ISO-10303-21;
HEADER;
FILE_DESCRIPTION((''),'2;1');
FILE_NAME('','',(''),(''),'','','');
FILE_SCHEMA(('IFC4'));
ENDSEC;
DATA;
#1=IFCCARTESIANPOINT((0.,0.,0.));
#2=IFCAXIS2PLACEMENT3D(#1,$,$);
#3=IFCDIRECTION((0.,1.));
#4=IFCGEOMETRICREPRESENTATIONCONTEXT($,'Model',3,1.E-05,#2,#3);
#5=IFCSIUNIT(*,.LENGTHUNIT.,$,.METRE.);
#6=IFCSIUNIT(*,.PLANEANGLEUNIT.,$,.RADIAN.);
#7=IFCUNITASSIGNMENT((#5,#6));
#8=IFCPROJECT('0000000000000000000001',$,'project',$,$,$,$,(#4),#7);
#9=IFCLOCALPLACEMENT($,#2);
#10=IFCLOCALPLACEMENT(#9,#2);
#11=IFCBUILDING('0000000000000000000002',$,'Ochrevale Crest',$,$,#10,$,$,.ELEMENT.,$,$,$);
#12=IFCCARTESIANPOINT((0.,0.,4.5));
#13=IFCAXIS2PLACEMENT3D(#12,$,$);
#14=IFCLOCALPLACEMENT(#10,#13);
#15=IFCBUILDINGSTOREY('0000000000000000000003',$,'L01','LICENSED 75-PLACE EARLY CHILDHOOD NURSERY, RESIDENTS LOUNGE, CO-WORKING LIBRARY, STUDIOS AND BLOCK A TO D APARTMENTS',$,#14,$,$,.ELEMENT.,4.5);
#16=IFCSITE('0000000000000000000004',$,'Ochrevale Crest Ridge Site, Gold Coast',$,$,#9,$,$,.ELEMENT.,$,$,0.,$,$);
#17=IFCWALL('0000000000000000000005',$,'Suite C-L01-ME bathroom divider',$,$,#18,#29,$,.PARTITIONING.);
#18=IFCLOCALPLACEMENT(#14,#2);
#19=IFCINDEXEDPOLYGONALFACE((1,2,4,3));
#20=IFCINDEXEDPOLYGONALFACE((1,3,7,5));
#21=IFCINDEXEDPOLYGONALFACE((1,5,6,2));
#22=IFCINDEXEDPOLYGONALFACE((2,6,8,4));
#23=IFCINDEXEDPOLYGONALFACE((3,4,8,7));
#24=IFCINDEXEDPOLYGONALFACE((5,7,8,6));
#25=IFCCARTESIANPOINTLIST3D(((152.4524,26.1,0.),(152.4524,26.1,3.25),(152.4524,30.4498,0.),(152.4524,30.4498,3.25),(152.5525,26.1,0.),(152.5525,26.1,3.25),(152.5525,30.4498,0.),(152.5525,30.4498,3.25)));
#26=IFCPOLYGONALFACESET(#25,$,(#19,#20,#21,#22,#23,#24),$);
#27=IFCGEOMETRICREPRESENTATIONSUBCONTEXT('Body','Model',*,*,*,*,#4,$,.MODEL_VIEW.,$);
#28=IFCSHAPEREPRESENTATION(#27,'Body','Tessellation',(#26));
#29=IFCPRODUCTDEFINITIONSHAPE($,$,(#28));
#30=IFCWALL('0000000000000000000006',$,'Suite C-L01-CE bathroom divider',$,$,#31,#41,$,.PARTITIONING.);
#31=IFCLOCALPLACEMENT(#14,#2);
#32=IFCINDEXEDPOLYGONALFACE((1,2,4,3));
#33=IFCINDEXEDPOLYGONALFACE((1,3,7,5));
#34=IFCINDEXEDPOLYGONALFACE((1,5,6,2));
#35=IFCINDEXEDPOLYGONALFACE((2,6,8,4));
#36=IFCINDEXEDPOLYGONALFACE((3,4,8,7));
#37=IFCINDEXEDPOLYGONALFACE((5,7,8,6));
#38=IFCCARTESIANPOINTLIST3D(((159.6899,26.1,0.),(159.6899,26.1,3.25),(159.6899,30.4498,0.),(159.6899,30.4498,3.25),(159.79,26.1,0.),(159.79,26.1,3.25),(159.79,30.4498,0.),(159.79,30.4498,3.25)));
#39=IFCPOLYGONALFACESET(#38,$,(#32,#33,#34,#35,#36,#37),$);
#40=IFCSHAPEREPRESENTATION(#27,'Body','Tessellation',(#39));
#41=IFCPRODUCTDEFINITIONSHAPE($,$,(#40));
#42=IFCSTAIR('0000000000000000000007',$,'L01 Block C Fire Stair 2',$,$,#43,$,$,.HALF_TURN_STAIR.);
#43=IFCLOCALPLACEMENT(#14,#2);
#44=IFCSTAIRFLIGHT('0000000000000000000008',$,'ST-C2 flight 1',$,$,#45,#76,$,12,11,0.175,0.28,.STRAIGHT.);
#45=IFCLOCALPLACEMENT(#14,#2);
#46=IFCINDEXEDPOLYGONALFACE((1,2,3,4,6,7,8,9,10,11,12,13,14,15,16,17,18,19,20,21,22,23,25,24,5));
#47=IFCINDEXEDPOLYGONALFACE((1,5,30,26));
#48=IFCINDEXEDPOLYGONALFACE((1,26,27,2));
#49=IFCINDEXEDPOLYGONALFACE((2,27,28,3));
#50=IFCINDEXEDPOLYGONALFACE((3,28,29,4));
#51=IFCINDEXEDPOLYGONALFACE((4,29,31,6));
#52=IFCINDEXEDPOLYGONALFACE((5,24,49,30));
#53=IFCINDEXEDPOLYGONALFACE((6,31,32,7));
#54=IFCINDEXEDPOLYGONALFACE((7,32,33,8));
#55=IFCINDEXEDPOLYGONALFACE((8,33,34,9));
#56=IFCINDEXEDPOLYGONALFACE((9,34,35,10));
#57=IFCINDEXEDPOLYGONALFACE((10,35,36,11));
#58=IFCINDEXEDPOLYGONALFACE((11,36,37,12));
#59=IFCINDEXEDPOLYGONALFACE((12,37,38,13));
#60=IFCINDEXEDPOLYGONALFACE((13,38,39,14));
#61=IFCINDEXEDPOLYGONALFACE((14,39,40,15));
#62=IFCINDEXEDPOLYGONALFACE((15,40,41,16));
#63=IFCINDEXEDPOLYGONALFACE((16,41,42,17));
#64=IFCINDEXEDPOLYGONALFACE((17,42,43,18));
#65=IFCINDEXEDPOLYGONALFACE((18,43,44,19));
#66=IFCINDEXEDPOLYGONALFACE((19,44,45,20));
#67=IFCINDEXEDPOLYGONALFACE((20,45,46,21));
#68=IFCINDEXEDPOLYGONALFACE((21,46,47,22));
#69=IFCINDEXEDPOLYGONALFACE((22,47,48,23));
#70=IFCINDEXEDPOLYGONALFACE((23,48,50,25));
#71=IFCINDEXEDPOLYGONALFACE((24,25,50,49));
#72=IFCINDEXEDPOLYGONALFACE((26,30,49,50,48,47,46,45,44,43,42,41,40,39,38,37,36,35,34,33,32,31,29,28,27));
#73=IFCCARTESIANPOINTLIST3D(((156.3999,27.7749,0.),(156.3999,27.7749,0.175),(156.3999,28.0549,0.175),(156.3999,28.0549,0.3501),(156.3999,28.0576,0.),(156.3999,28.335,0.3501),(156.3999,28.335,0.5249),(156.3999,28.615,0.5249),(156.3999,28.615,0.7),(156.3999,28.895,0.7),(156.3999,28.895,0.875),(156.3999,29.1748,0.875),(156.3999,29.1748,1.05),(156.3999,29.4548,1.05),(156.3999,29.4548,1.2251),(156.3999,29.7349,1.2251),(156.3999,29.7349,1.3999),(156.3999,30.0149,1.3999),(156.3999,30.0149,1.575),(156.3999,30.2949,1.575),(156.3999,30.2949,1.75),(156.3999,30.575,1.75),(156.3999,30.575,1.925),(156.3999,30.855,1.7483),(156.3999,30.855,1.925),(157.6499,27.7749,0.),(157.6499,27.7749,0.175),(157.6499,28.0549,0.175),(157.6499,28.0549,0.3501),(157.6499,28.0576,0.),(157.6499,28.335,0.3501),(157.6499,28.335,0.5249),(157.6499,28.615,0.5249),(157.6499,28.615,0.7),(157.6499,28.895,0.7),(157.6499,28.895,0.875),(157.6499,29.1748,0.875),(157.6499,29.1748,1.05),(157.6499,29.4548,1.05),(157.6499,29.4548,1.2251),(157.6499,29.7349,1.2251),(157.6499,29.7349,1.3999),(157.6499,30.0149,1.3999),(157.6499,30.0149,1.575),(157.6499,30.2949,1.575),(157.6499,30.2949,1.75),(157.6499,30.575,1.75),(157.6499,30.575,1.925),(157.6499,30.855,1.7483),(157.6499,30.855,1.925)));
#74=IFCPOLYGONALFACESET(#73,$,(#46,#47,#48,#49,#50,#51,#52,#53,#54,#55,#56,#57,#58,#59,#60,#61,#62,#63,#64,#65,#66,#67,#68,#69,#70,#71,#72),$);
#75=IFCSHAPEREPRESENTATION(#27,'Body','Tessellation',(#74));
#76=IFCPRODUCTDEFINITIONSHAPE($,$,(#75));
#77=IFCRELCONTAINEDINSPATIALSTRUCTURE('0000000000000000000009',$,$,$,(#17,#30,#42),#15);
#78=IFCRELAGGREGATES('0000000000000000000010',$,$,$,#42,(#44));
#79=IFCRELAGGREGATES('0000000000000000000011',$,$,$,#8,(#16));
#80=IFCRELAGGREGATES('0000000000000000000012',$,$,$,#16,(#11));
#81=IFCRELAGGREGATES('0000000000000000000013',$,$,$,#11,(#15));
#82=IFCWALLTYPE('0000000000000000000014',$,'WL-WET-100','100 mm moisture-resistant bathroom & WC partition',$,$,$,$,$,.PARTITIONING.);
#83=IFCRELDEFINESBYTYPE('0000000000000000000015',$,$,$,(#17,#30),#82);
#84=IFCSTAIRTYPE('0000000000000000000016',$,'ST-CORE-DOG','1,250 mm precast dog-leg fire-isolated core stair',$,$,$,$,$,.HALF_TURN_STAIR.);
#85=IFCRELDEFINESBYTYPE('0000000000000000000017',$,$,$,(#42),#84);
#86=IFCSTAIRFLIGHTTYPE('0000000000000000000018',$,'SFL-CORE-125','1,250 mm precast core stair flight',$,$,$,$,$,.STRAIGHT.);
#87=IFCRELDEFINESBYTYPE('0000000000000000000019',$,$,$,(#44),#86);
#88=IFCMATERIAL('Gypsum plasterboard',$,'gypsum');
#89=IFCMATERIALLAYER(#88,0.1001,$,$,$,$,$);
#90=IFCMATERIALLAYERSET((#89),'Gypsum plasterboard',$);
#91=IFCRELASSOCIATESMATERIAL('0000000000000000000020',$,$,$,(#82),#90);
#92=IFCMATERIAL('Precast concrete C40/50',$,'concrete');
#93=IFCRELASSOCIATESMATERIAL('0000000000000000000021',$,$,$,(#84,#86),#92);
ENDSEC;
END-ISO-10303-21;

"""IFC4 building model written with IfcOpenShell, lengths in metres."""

from ifc_helpers import new_model, si_unit, direction, frame, frame_2d, origin, place, context, subcontext, project, spatial, polyline, rectangle, outline, extrude, material, layer, layer_set, type_object, element, aggregate, save


model = new_model("IFC4")

# Units and contexts
model_context = context("Model", 3, precision=1e-05, world=origin(), true_north=direction((0.0, 1.0)))
body_context = subcontext(model_context, "Body", "Model", "MODEL_VIEW")
ifc_project = project(units=[si_unit("LENGTHUNIT", "METRE"), si_unit("PLANEANGLEUNIT", "RADIAN")], contexts=[model_context])

# Site, building, storey
site_placement = place(None, origin())
site = spatial("IfcSite", under=ifc_project, at=site_placement, Name="Ochrevale Crest Ridge Site, Gold Coast", CompositionType="ELEMENT", RefElevation=0.0)
building_placement = place(site_placement, origin())
building = spatial("IfcBuilding", under=site, at=building_placement, Name="Ochrevale Crest", CompositionType="ELEMENT")
storey_placement = place(building_placement, frame((0.0, 0.0, 4.5)))
storey = spatial("IfcBuildingStorey", under=building, at=storey_placement, Name="L01", Description="LICENSED 75-PLACE EARLY CHILDHOOD NURSERY, RESIDENTS LOUNGE, CO-WORKING LIBRARY, STUDIOS AND BLOCK A TO D APARTMENTS", CompositionType="ELEMENT", Elevation=4.5)

# Shared definitions
ifc_material_1 = material(Name="Gypsum plasterboard", Category="gypsum")

# Walls
ifc_layer_1 = layer(ifc_material_1, 0.1001)
ifc_layer_set_1 = layer_set([ifc_layer_1], Name="Gypsum plasterboard")
wall_type_1 = type_object("IfcWallType", Name="WL-WET-100", Description="100 mm moisture-resistant bathroom & WC partition", PredefinedType="PARTITIONING", material=ifc_layer_set_1)
for number, where, z_axis, x_axis, name in (
    (1, (152.5024, 26.1001, 0.0), (0.0, 0.0, 1.0), (0.0, 1.0, 0.0), "Suite C-L01-ME bathroom divider"),
    (2, (159.74, 26.1001, 0.0), (0.0, 0.0, 1.0), (0.0, 1.0, 0.0), "Suite C-L01-CE bathroom divider"),
):
    element("IfcWall", number, at=place(storey_placement, frame(where, z_axis=z_axis, x_axis=x_axis)), inside=storey, type_object=wall_type_1, Name=name, PredefinedType="PARTITIONING", context=body_context, shape_type="SweptSolid", body=[
        extrude(rectangle(XDim=4.3499, YDim=0.1001, at=frame_2d((2.1748, 0.0))), origin(), (0.0, 0.0, 1.0), 3.25),
    ])

# Stair, stair flight
ifc_material_2 = material(Name="Precast concrete C40/50", Category="concrete")
stair_type = type_object("IfcStairType", Name="ST-CORE-DOG", Description="1,250 mm precast dog-leg fire-isolated core stair", PredefinedType="HALF_TURN_STAIR", material=ifc_material_2)
stair_placement = place(storey_placement, origin())
stair = element("IfcStair", 3, at=stair_placement, inside=storey, type_object=stair_type, Name="L01 Block C Fire Stair 2", PredefinedType="HALF_TURN_STAIR")
stair_flight_type = type_object("IfcStairFlightType", Name="SFL-CORE-125", Description="1,250 mm precast core stair flight", PredefinedType="STRAIGHT", material=ifc_material_2)
stair_flight_placement = place(storey_placement, frame((157.0249, 27.7749, 0.0), z_axis=(0.0, 0.0, 1.0), x_axis=(0.0, 1.0, 0.0)))
stair_flight = element("IfcStairFlight", 4, at=stair_flight_placement, type_object=stair_flight_type, Name="ST-C2 flight 1", NumberOfRisers=12, NumberOfTreads=11, PredefinedType="STRAIGHT", RiserHeight=0.175, TreadLength=0.28, context=body_context, shape_type="SweptSolid", body=[
    extrude(outline(polyline([(0.0, 0.0), (0.0, 0.175), (0.28, 0.175), (0.28, 0.3501), (0.5601, 0.3501), (0.5601, 0.5249), (0.8401, 0.5249), (0.8401, 0.7), (1.1201, 0.7), (1.1201, 0.875), (1.3999, 0.875), (1.3999, 1.05), (1.6799, 1.05), (1.6799, 1.2251), (1.96, 1.2251), (1.96, 1.3999), (2.24, 1.3999), (2.24, 1.575), (2.52, 1.575), (2.52, 1.75), (2.8, 1.75), (2.8, 1.925), (3.0801, 1.925), (3.0801, 2.1001), (3.0801, 1.7483), (0.2827, 0.0), (0.0, 0.0)])), frame((0.0, 0.625, 0.0), z_axis=(0.0, -1.0, 0.0), x_axis=(1.0, 0.0, 0.0)), (0.0, 0.0, 1.0), 1.25),
])
aggregate(stair, [stair_flight])

save(model, "model.ifc")
